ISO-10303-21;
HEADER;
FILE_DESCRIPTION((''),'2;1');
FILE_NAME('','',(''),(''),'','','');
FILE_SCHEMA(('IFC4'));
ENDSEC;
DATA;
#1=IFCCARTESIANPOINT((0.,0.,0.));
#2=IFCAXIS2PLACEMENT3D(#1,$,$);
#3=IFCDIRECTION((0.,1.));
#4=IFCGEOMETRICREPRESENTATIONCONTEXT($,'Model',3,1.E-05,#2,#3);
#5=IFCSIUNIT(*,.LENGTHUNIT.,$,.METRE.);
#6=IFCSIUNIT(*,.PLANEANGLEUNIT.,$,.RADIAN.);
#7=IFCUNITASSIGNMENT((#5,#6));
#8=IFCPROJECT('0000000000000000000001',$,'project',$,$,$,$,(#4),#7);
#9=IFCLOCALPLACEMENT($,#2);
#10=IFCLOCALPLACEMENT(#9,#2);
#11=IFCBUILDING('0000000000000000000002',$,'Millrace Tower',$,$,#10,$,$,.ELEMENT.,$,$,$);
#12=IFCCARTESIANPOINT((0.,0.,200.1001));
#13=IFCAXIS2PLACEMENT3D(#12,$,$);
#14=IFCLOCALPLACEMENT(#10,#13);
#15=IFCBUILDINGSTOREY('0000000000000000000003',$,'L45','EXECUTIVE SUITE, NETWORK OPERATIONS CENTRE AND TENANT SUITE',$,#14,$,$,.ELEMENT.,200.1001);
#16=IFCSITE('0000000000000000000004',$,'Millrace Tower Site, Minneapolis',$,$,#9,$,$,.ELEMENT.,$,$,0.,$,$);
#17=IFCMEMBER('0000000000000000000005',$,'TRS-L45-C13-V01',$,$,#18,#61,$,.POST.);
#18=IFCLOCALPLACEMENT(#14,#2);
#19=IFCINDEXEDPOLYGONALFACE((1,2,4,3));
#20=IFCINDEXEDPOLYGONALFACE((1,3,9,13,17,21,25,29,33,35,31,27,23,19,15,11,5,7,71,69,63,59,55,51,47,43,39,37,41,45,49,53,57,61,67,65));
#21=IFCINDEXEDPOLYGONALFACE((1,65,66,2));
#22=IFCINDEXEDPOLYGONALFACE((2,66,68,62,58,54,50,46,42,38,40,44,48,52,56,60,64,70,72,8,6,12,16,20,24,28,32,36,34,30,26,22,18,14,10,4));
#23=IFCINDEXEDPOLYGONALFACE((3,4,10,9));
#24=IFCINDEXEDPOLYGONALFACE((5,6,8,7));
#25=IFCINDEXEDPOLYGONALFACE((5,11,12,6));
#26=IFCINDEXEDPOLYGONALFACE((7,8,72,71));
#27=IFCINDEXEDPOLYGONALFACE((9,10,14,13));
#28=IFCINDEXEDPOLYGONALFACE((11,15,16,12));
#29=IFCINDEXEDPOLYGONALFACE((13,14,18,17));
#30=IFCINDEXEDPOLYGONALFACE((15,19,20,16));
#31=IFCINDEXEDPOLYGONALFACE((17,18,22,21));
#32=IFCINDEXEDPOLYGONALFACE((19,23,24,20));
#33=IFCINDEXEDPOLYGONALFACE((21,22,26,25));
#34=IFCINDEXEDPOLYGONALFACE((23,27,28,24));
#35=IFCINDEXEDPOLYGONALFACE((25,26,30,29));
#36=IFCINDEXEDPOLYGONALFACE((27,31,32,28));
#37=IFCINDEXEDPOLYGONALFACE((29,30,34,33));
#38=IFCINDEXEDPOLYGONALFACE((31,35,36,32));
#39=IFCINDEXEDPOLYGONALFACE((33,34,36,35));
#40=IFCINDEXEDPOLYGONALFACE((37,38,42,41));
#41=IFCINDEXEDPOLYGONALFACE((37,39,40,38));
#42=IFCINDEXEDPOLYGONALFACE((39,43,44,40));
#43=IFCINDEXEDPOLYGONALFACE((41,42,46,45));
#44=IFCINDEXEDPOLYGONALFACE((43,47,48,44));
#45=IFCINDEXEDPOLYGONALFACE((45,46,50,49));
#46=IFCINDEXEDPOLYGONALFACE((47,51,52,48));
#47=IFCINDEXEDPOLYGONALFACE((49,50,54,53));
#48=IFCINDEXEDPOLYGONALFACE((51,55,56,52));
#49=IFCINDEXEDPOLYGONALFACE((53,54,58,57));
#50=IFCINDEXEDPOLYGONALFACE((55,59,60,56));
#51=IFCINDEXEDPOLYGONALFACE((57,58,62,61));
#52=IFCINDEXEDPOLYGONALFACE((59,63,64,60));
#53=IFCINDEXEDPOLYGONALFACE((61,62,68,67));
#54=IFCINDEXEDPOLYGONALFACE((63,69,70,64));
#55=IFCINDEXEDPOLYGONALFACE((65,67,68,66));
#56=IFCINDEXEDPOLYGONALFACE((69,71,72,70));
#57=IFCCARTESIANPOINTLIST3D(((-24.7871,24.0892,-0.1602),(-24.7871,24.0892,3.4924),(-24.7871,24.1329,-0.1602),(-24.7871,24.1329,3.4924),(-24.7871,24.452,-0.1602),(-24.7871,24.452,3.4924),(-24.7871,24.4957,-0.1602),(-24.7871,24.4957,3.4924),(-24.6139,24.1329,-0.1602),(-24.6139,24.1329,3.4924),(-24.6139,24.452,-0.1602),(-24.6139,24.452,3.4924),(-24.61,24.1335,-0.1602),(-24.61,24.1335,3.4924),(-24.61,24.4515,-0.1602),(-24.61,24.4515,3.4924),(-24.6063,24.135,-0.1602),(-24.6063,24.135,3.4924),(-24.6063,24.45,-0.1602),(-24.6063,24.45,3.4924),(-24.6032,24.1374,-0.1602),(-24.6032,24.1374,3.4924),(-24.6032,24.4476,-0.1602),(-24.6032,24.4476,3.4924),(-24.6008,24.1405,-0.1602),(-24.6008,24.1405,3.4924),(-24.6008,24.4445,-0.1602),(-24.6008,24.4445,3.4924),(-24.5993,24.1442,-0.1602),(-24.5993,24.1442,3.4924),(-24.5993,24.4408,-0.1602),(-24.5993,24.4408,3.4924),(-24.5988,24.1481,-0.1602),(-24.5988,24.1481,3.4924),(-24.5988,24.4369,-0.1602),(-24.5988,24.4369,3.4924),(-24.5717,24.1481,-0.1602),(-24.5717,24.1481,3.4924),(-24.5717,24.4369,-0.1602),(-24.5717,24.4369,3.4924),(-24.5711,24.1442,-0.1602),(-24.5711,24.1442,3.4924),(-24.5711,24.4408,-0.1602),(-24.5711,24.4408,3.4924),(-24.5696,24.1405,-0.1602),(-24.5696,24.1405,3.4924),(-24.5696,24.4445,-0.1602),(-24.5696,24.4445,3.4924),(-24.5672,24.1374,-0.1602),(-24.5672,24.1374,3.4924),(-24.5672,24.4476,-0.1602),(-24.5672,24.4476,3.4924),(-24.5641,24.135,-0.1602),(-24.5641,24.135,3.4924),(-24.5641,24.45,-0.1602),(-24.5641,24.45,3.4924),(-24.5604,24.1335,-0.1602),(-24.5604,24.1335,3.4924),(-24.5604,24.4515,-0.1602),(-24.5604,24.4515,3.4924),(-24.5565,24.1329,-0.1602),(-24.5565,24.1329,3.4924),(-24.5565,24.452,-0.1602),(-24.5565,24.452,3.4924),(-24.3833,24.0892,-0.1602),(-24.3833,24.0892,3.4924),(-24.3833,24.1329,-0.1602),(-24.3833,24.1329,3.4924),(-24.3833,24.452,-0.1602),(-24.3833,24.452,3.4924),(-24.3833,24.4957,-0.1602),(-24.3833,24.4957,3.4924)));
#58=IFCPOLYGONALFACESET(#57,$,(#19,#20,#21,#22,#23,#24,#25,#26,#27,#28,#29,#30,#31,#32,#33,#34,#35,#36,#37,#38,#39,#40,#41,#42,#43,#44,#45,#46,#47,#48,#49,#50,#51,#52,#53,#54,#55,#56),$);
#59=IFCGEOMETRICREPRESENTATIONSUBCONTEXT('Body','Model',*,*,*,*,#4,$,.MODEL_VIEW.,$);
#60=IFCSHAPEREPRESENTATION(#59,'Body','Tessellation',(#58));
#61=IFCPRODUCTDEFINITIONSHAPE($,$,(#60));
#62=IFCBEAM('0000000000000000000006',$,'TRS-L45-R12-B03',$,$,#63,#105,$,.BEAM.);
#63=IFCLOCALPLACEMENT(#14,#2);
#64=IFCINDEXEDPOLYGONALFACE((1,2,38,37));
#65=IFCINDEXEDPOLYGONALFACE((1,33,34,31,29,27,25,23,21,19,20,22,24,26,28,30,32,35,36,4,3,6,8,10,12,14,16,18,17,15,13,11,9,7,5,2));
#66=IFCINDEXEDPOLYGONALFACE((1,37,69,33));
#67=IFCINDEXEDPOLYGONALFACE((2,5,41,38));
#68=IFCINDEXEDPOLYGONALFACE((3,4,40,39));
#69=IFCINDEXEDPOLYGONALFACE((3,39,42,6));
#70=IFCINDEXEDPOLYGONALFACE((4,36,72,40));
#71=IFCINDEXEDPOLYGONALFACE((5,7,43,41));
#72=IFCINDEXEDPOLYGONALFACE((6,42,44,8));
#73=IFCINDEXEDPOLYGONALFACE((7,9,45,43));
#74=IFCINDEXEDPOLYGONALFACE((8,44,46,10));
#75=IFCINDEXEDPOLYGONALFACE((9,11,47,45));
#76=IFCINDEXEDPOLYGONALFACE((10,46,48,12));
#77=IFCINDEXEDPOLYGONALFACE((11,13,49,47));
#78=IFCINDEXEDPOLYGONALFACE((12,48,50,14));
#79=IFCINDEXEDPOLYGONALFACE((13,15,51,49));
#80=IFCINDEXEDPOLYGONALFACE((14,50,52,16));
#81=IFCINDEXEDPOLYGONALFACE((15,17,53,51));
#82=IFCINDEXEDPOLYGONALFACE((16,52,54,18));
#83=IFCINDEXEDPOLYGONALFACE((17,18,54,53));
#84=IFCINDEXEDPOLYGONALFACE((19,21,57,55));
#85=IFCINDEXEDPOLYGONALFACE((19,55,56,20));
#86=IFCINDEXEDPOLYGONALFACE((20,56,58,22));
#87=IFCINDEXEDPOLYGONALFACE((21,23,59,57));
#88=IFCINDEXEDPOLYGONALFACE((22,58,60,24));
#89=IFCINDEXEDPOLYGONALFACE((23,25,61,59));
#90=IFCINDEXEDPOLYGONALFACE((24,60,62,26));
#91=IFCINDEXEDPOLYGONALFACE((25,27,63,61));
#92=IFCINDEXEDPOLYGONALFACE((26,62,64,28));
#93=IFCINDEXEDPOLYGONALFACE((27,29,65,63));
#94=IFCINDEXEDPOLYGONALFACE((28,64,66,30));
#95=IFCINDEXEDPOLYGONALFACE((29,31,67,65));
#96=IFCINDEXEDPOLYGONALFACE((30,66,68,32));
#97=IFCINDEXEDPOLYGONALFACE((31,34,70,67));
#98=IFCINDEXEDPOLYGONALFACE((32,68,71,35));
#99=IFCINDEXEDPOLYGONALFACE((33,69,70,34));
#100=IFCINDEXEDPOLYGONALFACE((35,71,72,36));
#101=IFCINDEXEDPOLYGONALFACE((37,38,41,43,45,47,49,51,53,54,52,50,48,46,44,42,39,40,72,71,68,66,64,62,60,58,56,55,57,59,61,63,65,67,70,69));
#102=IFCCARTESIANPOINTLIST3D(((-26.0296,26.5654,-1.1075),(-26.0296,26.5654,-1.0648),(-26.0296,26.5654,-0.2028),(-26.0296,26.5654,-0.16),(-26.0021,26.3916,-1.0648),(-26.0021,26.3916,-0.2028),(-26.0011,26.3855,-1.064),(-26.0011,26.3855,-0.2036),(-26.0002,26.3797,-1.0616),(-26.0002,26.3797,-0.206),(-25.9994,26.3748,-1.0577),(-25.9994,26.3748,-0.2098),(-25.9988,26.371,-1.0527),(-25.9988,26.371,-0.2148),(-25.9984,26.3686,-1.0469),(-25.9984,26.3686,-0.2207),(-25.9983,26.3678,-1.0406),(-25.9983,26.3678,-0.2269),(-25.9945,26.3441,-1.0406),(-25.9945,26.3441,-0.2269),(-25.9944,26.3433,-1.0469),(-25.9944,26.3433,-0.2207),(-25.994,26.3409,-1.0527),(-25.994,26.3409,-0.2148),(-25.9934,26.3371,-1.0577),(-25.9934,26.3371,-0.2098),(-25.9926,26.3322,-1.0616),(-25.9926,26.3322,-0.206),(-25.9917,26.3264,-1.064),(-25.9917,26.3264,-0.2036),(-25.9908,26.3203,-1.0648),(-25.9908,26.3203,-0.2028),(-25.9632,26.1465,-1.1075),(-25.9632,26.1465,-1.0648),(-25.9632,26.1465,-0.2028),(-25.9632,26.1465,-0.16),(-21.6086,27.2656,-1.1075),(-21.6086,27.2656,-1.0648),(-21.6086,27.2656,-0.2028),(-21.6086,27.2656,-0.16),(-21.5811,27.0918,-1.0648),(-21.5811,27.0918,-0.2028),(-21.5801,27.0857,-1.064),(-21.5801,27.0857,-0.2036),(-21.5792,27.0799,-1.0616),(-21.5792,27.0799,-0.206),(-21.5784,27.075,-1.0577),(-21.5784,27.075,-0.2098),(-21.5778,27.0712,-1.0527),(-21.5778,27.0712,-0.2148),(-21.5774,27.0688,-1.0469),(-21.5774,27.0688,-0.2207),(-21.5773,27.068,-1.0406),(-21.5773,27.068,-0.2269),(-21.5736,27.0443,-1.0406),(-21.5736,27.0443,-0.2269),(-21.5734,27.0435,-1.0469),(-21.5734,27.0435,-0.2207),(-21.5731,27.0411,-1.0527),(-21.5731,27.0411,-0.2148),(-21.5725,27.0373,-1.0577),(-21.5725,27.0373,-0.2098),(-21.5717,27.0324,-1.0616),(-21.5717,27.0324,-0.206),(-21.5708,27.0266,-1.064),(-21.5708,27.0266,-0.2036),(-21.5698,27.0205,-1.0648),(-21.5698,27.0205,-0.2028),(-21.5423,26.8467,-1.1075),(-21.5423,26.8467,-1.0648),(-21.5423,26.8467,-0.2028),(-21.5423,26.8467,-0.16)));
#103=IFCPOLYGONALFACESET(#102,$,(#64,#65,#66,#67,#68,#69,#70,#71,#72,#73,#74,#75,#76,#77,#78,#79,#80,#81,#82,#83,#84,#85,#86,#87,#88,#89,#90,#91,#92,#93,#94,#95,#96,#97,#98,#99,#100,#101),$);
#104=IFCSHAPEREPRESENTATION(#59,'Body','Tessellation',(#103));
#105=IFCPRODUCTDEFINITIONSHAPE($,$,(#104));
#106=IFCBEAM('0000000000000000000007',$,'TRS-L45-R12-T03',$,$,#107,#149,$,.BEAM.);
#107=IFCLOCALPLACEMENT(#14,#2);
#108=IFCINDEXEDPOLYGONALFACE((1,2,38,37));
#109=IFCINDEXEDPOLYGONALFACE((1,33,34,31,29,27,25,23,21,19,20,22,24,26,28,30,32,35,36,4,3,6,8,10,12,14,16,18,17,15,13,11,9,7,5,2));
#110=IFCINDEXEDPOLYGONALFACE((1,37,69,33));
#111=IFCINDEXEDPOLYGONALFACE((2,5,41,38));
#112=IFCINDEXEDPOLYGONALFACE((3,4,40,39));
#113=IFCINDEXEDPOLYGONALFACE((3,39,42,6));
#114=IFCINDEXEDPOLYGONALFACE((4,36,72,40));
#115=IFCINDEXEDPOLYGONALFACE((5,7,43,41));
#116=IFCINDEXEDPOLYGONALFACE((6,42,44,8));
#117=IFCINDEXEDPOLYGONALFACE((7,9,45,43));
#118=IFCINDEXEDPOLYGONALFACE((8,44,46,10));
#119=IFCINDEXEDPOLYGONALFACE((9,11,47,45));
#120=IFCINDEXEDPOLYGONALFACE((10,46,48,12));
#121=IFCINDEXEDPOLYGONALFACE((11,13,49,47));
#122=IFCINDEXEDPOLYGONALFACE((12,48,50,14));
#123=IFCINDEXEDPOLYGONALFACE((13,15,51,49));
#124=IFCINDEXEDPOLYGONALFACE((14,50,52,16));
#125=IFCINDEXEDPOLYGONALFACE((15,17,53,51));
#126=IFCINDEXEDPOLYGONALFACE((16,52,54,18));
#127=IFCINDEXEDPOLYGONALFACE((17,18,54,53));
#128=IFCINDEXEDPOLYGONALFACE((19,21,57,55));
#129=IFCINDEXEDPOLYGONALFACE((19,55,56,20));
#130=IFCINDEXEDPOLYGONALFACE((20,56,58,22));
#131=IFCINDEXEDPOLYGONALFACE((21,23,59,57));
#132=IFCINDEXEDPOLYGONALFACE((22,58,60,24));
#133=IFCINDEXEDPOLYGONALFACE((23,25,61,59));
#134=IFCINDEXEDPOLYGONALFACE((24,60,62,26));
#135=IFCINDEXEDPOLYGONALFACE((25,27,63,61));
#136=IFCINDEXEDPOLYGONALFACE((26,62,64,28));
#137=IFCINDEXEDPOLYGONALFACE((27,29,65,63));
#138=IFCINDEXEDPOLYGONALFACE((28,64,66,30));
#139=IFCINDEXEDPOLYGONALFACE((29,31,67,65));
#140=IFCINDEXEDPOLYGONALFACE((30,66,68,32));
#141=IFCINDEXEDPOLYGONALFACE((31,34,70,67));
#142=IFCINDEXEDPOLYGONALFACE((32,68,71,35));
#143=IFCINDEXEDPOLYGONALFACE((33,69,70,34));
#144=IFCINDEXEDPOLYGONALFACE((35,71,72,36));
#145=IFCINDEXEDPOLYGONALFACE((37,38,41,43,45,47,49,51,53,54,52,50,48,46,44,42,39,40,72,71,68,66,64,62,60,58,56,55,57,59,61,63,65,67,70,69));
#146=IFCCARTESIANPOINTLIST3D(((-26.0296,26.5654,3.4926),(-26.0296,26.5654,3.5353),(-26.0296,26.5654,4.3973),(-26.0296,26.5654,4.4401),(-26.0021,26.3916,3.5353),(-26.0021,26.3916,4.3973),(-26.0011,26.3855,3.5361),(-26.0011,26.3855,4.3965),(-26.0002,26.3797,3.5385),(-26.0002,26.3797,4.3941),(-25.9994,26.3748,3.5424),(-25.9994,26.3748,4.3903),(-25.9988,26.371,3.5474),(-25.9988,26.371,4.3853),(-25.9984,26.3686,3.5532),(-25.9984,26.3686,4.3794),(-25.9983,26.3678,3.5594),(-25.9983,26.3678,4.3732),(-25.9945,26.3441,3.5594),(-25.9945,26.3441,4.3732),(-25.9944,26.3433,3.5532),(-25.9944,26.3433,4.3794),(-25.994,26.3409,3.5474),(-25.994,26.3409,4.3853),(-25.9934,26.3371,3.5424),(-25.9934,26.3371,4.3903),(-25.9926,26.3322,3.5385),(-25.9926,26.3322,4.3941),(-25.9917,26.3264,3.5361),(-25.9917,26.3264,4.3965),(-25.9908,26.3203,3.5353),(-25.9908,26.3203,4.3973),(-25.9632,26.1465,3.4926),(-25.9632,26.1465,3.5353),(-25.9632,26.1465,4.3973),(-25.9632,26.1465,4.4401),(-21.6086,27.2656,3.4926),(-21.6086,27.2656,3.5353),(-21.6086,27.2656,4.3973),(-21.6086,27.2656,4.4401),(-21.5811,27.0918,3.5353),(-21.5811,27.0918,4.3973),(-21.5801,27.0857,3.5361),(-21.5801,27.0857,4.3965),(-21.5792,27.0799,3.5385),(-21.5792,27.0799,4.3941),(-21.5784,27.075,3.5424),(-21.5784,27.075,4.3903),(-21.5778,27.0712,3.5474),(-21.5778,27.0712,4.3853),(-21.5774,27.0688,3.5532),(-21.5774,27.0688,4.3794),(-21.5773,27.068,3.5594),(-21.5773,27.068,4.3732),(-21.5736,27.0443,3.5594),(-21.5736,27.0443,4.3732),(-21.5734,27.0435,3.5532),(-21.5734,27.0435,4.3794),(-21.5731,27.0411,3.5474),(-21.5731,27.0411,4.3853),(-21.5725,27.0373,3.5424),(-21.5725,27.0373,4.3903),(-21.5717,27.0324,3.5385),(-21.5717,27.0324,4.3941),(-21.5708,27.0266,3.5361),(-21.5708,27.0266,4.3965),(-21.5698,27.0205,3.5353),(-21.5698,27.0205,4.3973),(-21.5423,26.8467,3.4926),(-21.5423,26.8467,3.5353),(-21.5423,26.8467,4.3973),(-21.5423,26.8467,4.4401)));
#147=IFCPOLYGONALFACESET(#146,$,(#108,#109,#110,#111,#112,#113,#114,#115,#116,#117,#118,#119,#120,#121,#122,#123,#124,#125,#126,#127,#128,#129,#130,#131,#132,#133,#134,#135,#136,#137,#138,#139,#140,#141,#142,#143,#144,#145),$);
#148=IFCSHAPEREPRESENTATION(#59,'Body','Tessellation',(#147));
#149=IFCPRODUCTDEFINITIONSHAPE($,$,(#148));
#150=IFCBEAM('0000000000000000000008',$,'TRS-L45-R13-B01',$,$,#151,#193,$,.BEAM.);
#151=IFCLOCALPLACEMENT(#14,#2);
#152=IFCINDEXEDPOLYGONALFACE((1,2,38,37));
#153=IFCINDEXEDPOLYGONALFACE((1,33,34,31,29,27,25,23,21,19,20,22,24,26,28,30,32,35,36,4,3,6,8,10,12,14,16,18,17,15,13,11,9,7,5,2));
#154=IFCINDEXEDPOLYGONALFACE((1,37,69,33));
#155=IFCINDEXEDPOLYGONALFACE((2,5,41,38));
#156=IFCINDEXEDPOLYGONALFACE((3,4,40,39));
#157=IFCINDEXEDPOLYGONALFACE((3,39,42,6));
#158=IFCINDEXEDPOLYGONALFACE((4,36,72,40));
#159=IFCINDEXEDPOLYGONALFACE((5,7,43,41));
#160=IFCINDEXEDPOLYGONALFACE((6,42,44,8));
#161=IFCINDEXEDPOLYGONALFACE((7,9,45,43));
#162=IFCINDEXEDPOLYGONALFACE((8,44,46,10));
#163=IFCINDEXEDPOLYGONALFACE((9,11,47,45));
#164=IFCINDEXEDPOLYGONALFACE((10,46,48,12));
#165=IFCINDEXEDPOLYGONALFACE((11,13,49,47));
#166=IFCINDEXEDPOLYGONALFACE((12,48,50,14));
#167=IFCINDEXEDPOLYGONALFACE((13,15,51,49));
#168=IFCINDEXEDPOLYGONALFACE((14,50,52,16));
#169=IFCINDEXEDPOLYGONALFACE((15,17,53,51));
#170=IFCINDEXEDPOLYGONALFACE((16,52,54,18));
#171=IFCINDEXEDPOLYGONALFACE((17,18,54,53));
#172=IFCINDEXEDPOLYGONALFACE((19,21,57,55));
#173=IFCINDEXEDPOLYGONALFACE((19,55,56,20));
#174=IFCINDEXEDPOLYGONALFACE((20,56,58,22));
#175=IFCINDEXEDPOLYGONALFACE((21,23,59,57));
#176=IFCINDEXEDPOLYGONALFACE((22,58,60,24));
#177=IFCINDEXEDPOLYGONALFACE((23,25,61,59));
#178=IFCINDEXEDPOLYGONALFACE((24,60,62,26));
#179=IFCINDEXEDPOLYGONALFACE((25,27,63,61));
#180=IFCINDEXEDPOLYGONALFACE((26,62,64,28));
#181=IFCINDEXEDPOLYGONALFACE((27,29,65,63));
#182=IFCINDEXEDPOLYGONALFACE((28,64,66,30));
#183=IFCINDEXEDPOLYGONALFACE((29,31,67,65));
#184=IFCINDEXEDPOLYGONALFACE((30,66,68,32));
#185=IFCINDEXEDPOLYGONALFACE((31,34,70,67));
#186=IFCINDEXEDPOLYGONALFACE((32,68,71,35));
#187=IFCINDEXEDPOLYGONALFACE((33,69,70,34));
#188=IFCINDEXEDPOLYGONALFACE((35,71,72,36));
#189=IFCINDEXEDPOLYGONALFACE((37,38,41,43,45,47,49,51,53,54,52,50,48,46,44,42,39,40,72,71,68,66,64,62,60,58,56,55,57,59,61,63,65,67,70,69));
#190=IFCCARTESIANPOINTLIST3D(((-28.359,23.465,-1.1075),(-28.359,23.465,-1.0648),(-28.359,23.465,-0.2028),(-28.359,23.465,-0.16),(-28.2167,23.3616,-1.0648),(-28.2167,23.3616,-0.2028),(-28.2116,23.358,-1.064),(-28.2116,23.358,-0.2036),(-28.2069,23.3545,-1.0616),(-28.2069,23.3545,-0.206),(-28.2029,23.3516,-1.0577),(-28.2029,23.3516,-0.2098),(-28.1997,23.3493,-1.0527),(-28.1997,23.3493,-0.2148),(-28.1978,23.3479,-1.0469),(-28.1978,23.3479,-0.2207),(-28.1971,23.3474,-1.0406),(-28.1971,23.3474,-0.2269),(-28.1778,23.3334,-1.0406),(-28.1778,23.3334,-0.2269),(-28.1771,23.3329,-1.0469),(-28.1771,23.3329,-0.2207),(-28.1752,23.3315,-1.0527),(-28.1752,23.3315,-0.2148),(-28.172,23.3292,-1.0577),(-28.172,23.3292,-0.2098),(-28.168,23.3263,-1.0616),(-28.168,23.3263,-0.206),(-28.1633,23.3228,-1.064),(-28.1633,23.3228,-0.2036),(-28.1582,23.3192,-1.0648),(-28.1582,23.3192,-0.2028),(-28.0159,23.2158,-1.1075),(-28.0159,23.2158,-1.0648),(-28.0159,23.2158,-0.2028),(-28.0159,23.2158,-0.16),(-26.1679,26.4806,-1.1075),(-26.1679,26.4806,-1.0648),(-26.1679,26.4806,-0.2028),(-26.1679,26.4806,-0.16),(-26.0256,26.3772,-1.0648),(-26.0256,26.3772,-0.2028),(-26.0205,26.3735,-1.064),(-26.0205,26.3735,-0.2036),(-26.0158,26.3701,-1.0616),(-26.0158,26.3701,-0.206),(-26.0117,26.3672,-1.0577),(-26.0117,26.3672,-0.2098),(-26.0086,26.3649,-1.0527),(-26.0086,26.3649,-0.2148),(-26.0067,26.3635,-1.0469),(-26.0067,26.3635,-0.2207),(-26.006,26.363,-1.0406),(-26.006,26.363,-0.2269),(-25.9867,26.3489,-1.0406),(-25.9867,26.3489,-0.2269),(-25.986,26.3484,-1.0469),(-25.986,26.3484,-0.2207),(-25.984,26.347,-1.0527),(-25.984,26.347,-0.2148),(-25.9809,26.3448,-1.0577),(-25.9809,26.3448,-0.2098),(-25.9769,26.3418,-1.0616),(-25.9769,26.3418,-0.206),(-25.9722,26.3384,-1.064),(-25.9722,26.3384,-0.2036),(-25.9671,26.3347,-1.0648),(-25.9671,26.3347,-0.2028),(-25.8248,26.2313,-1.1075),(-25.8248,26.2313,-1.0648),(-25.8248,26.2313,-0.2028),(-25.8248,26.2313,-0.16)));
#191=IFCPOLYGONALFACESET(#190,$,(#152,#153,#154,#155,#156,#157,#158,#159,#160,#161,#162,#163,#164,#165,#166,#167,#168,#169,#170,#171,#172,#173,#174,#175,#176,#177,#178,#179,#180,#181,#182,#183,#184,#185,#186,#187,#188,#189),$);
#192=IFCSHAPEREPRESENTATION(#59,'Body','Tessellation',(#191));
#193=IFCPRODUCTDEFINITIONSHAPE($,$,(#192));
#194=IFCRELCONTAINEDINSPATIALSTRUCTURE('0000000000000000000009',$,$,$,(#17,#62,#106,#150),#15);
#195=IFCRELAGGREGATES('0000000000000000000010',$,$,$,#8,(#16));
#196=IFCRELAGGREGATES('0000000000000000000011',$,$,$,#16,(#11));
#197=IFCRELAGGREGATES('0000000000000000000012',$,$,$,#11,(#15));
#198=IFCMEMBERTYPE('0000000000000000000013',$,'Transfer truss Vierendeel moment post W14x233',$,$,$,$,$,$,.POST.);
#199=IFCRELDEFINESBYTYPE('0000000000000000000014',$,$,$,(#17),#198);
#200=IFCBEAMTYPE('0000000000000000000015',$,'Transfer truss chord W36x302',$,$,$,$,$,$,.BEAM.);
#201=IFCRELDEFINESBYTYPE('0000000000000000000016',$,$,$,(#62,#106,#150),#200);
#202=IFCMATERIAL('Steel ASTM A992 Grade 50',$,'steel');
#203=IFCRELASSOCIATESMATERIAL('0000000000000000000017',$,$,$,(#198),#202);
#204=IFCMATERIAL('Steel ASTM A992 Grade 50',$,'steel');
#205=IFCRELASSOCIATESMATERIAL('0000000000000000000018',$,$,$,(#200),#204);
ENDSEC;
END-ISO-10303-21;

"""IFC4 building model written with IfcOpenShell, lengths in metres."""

from ifc_helpers import new_model, si_unit, direction, frame, origin, origin_2d, place, context, subcontext, project, spatial, i_section, extrude, material, material_profile, profile_set, type_object, element, save


model = new_model("IFC4")

# Units and contexts
model_context = context("Model", 3, precision=1e-05, world=origin(), true_north=direction((0.0, 1.0)))
body_context = subcontext(model_context, "Body", "Model", "MODEL_VIEW")
ifc_project = project(units=[si_unit("LENGTHUNIT", "METRE"), si_unit("PLANEANGLEUNIT", "RADIAN")], contexts=[model_context])

# Site, building, storey
site_placement = place(None, origin())
site = spatial("IfcSite", under=ifc_project, at=site_placement, Name="Millrace Tower Site, Minneapolis", CompositionType="ELEMENT", RefElevation=0.0)
building_placement = place(site_placement, origin())
building = spatial("IfcBuilding", under=site, at=building_placement, Name="Millrace Tower", CompositionType="ELEMENT")
storey_placement = place(building_placement, frame((0.0, 0.0, 200.1001)))
storey = spatial("IfcBuildingStorey", under=building, at=storey_placement, Name="L45", Description="EXECUTIVE SUITE, NETWORK OPERATIONS CENTRE AND TENANT SUITE", CompositionType="ELEMENT", Elevation=200.1001)

# Member
ifc_material_1 = material(Name="Steel ASTM A992 Grade 50", Category="steel")
ifc_material_profile_1 = material_profile(ifc_material_1, i_section(OverallWidth=0.4038, OverallDepth=0.4065, WebThickness=0.0271, FlangeThickness=0.0437, FilletRadius=0.0151, at=origin_2d()))
ifc_profile_set_1 = profile_set([ifc_material_profile_1], Name="Steel ASTM A992 Grade 50")
member_type_1 = type_object("IfcMemberType", Name="Transfer truss Vierendeel moment post W14x233", PredefinedType="POST", material=ifc_profile_set_1)
member_1_placement = place(storey_placement, frame((-24.5852, 24.2925, -0.1602), z_axis=(0.0, 0.0, 1.0), x_axis=(1.0, 0.0, 0.0)))
element("IfcMember", 1, at=member_1_placement, inside=storey, type_object=member_type_1, Name="TRS-L45-C13-V01", PredefinedType="POST", context=body_context, shape_type="SweptSolid", body=[
    extrude(i_section(OverallWidth=0.4038, OverallDepth=0.4065, WebThickness=0.0271, FlangeThickness=0.0437, FilletRadius=0.0151, at=origin_2d()), origin(), (0.0, 0.0, 1.0), 3.6526),
])

# Beams
ifc_material_2 = material(Name="Steel ASTM A992 Grade 50", Category="steel")
ifc_material_profile_2 = material_profile(ifc_material_2, i_section(OverallWidth=0.4241, OverallDepth=0.9475, WebThickness=0.0239, FlangeThickness=0.0427, FilletRadius=0.0242, at=origin_2d()))
ifc_profile_set_2 = profile_set([ifc_material_profile_2], Name="Steel ASTM A992 Grade 50")
beam_type_1 = type_object("IfcBeamType", Name="Transfer truss chord W36x302", PredefinedType="BEAM", material=ifc_profile_set_2)
for number, where, z_axis, x_axis, name in (
    (2, (-21.5754, 27.0562, -0.6338), (-0.987689, -0.156433, 0.0), (0.156433, -0.987689, 0.0), "TRS-L45-R12-B03"),
    (3, (-21.5754, 27.0562, 3.9663), (-0.987689, -0.156433, 0.0), (0.156433, -0.987689, 0.0), "TRS-L45-R12-T03"),
):
    element("IfcBeam", number, at=place(storey_placement, frame(where, z_axis=z_axis, x_axis=x_axis)), inside=storey, type_object=beam_type_1, Name=name, PredefinedType="BEAM", context=body_context, shape_type="SweptSolid", body=[
        extrude(i_section(OverallWidth=0.4241, OverallDepth=0.9475, WebThickness=0.0239, FlangeThickness=0.0427, FilletRadius=0.0242, at=origin_2d()), origin(), (0.0, 0.0, 1.0), 4.4761),
    ])
for number, where, z_axis, x_axis, name in (
    (4, (-25.9963, 26.356, -0.6338), (-0.587817, -0.808994, 0.0), (0.808994, -0.587817, 0.0), "TRS-L45-R13-B01"),
):
    element("IfcBeam", number, at=place(storey_placement, frame(where, z_axis=z_axis, x_axis=x_axis)), inside=storey, type_object=beam_type_1, Name=name, PredefinedType="BEAM", context=body_context, shape_type="SweptSolid", body=[
        extrude(i_section(OverallWidth=0.4241, OverallDepth=0.9475, WebThickness=0.0239, FlangeThickness=0.0427, FilletRadius=0.0242, at=origin_2d()), origin(), (0.0, 0.0, 1.0), 3.7275),
    ])

save(model, "model.ifc")
